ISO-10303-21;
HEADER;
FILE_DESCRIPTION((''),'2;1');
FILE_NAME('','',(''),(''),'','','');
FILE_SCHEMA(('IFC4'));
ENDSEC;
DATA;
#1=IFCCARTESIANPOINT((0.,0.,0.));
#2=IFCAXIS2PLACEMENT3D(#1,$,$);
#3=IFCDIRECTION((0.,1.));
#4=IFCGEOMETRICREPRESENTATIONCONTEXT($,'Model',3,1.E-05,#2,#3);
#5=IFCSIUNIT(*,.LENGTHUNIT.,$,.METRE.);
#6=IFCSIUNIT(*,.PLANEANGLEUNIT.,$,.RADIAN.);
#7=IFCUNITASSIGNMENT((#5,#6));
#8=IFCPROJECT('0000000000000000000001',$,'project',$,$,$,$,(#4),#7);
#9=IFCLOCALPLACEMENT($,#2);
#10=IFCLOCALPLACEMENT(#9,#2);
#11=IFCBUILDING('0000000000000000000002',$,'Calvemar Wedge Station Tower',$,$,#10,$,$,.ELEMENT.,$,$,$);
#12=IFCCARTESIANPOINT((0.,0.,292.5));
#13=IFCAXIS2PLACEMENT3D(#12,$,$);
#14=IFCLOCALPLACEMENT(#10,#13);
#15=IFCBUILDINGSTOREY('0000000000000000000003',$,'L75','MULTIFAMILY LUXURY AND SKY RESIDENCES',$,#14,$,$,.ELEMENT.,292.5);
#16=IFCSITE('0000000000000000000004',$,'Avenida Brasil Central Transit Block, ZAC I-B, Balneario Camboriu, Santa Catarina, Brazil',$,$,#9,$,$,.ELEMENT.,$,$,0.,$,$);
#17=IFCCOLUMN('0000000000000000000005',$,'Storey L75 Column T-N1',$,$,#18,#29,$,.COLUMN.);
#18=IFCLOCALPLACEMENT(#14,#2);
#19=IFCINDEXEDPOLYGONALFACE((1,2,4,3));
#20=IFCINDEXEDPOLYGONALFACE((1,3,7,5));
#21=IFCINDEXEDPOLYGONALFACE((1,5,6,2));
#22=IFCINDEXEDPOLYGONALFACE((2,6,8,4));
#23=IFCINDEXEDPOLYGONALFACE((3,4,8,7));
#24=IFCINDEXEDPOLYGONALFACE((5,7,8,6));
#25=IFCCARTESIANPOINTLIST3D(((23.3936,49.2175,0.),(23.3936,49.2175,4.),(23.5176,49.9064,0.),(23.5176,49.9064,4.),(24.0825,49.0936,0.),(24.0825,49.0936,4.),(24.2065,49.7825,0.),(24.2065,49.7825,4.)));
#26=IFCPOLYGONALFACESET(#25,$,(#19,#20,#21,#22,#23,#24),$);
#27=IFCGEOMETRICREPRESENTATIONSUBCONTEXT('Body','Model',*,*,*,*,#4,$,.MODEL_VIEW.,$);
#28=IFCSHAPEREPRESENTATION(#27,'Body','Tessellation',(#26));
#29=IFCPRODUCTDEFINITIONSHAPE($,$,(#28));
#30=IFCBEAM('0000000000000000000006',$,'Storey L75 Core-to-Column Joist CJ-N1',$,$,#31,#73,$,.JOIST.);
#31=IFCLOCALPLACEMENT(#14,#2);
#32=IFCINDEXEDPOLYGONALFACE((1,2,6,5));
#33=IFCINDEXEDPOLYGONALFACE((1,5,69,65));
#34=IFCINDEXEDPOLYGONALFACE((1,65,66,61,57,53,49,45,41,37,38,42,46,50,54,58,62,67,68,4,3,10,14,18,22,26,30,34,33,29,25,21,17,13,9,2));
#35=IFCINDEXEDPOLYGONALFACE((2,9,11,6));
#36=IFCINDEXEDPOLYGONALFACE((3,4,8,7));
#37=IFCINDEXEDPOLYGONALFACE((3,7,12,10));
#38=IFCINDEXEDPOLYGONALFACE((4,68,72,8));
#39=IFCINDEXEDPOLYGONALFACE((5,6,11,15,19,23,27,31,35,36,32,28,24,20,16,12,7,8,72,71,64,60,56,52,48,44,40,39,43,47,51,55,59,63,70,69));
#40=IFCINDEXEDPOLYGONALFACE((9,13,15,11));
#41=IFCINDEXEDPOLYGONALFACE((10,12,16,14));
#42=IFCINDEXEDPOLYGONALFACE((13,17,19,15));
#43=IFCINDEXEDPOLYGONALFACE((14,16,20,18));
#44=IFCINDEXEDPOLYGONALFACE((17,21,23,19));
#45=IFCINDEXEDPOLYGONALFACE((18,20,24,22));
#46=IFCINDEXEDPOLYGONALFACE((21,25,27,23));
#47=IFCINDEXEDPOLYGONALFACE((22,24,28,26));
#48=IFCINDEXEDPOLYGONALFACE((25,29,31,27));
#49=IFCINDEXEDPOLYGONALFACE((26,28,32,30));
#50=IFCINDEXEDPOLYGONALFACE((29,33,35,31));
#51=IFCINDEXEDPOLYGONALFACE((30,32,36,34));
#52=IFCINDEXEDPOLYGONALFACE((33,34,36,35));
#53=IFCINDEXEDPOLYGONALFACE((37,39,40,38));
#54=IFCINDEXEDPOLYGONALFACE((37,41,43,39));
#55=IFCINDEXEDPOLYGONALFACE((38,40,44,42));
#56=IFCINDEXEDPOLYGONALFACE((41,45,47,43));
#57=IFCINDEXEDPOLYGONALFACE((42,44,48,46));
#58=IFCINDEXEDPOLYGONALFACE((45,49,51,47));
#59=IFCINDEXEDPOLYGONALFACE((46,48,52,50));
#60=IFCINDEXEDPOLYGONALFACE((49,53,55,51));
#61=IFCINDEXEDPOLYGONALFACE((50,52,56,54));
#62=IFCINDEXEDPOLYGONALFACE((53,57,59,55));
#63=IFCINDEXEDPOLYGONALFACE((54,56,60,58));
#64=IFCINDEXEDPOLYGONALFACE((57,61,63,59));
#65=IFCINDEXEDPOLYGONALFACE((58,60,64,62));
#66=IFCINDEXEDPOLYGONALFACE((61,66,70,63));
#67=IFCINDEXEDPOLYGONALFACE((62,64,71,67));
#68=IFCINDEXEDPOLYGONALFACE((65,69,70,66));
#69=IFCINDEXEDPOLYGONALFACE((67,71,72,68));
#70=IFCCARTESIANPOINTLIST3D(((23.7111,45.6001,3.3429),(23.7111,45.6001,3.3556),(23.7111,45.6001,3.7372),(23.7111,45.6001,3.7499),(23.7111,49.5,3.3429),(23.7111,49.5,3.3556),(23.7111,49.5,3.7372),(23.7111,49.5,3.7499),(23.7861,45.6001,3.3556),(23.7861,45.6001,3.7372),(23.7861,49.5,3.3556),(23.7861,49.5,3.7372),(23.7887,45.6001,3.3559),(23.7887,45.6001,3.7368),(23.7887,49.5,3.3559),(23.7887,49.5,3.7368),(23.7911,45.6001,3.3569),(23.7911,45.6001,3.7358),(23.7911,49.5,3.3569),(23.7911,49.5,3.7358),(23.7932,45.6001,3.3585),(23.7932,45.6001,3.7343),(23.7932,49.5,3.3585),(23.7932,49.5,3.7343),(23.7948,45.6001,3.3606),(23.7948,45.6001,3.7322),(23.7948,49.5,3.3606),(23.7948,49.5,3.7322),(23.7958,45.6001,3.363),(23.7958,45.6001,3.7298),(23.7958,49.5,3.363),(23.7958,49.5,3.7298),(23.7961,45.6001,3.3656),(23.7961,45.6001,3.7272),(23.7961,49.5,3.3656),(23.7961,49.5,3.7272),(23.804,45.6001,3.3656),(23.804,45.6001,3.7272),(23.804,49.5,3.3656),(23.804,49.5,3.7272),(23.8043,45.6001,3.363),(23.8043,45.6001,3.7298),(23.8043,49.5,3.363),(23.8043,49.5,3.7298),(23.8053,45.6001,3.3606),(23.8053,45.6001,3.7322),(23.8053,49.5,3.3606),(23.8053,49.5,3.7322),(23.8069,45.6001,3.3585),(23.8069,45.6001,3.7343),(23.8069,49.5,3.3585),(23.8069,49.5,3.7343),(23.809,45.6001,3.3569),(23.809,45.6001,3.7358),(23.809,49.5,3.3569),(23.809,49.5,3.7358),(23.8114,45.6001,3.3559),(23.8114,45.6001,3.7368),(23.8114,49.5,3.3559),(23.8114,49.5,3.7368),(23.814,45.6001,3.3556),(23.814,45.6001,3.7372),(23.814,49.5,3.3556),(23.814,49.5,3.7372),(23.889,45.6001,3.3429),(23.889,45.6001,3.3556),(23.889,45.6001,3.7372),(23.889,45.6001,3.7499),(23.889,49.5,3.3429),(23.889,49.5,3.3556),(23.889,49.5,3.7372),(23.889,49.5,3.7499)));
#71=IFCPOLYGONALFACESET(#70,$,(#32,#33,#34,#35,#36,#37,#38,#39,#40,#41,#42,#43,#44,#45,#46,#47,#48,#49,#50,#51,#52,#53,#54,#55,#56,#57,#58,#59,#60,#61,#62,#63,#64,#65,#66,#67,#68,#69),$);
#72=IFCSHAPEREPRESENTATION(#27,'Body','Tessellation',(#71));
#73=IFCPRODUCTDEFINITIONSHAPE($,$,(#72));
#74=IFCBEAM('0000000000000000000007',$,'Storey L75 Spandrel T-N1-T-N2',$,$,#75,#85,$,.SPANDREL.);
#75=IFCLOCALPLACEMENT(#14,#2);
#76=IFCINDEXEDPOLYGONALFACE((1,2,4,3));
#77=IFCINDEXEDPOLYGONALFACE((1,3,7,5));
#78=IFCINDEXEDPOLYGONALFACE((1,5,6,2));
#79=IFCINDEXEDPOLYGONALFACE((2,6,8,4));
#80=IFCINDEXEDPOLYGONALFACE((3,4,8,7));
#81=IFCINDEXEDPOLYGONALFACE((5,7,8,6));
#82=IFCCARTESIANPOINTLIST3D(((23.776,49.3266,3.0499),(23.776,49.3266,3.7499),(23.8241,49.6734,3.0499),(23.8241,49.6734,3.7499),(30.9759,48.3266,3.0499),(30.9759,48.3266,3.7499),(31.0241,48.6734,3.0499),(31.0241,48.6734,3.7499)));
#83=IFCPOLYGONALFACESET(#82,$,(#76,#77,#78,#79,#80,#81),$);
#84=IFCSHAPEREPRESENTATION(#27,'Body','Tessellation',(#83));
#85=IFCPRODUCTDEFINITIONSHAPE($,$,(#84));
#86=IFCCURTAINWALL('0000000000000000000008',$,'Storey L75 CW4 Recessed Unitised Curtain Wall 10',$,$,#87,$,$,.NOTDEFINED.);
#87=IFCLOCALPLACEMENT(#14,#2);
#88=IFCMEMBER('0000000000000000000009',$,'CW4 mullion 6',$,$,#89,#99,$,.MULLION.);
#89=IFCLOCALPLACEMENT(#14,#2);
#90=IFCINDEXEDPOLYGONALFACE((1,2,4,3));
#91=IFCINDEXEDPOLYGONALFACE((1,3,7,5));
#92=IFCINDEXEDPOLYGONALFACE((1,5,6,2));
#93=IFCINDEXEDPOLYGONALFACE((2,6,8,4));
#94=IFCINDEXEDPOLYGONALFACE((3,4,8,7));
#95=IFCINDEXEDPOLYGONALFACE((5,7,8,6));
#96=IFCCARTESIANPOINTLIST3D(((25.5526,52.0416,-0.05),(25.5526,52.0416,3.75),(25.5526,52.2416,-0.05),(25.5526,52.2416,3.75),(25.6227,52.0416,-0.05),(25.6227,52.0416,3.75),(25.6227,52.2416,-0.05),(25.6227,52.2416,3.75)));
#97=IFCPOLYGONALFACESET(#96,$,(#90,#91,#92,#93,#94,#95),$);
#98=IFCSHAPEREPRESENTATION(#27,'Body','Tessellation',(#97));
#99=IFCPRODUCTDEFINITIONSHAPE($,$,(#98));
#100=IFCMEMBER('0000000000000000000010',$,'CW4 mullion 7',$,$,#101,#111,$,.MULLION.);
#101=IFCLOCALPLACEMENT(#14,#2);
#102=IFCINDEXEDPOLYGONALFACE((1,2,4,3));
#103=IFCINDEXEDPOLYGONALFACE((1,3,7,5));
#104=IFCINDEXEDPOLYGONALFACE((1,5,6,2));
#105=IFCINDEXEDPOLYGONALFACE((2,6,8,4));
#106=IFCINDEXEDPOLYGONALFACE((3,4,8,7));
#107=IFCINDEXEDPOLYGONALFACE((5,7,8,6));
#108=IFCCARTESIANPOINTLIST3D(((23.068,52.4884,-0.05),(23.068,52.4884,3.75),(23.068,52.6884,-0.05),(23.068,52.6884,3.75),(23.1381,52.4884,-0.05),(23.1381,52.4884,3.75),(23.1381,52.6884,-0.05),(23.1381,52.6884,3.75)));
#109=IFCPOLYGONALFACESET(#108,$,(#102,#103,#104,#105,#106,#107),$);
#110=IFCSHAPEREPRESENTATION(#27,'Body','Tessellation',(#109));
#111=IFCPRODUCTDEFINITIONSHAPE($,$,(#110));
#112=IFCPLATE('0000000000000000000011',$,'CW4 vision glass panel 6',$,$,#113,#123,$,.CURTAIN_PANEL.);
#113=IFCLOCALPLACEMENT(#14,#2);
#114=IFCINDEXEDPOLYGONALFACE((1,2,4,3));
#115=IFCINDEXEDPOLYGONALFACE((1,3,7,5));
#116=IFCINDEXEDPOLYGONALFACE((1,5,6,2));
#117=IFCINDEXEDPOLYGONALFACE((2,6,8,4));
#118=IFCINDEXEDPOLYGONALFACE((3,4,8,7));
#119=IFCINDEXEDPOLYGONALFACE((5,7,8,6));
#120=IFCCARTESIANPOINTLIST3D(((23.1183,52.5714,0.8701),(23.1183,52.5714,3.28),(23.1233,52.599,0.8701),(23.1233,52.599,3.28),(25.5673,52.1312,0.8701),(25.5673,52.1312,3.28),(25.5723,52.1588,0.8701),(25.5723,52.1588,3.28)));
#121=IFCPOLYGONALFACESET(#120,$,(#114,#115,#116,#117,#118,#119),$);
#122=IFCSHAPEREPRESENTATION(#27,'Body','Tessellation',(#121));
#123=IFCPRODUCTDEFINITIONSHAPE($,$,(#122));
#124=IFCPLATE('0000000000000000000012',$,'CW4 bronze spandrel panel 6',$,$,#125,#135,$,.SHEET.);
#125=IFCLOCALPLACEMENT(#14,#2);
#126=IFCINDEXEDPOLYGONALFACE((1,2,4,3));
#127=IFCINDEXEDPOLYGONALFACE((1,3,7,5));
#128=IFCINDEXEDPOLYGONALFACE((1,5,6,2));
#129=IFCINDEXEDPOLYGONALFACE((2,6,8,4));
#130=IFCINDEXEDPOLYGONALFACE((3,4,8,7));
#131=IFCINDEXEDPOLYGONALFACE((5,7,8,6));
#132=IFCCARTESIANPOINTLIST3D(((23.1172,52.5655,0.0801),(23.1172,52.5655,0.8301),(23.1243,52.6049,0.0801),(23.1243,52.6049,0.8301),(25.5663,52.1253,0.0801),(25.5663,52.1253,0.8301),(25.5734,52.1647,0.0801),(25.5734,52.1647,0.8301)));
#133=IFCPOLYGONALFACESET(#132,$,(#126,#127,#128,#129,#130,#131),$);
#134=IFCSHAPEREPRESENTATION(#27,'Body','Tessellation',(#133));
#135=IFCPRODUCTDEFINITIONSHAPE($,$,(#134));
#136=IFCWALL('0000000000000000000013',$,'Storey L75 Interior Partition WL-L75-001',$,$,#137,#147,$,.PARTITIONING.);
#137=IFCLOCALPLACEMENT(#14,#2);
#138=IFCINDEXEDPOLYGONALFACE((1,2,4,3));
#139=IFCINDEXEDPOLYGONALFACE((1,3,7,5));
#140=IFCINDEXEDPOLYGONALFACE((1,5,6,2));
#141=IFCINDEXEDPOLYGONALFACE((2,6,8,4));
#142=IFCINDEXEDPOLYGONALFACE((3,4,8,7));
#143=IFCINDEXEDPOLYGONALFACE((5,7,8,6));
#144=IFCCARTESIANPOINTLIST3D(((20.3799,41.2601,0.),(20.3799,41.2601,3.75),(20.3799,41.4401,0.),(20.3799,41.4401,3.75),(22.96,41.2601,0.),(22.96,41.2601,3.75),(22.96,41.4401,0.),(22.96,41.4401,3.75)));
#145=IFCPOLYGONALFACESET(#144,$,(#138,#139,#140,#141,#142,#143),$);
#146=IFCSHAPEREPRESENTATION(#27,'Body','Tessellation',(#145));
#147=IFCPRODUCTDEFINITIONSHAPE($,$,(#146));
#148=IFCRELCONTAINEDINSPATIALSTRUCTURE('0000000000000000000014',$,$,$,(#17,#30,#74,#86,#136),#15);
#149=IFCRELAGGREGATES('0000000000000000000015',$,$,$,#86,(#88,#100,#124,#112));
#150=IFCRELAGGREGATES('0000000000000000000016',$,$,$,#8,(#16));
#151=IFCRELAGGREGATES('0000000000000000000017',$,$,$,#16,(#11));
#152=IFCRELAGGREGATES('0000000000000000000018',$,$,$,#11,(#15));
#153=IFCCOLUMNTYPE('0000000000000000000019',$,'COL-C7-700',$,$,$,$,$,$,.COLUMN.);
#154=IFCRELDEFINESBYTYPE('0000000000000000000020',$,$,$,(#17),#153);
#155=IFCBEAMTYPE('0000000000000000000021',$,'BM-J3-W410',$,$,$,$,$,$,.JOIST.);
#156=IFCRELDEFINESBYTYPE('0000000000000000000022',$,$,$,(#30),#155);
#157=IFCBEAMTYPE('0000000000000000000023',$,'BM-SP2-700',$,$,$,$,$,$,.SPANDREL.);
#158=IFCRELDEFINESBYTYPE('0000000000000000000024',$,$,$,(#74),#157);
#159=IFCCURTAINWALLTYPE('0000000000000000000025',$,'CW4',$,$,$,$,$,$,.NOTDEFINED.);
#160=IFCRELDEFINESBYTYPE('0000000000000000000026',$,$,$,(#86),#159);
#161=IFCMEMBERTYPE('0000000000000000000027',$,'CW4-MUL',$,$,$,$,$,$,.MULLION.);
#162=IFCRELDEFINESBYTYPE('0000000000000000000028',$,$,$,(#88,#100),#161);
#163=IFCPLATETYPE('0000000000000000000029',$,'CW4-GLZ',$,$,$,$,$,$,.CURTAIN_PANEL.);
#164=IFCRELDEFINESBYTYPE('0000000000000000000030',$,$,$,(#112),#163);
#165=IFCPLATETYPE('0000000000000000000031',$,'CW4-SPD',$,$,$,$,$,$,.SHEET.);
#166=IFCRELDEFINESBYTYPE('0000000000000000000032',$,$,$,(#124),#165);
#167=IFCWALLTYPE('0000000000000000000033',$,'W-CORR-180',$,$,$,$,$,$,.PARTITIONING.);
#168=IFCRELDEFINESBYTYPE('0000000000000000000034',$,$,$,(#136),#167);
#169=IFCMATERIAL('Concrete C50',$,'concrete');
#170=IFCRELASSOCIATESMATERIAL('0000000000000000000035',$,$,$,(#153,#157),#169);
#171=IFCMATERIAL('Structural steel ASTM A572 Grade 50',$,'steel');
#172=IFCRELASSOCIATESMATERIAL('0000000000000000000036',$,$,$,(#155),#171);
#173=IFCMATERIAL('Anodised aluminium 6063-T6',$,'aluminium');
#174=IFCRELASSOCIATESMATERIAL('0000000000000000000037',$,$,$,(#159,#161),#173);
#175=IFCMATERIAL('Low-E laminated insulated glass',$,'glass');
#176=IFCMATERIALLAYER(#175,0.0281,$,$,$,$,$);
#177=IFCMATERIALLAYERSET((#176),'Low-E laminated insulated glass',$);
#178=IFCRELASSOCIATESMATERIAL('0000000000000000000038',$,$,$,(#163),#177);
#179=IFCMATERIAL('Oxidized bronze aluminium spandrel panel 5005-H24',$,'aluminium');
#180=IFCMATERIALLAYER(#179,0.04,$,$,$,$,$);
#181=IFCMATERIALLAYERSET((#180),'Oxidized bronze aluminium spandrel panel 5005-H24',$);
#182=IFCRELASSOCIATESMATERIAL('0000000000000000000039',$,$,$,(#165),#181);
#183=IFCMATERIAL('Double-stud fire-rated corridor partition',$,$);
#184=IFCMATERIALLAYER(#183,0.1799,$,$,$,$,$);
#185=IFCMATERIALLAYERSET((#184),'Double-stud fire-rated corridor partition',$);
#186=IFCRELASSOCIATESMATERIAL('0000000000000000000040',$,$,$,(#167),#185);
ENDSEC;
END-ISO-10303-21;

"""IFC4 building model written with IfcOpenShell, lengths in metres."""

from ifc_helpers import new_model, si_unit, direction, frame, frame_2d, origin, origin_2d, place, context, subcontext, project, spatial, rectangle, i_section, extrude, source, transform, mapped, material, layer, layer_set, material_profile, profile_set, type_object, element, aggregate, save


model = new_model("IFC4")

# Units and contexts
model_context = context("Model", 3, precision=1e-05, world=origin(), true_north=direction((0.0, 1.0)))
body_context = subcontext(model_context, "Body", "Model", "MODEL_VIEW")
ifc_project = project(units=[si_unit("LENGTHUNIT", "METRE"), si_unit("PLANEANGLEUNIT", "RADIAN")], contexts=[model_context])

# Site, building, storey
site_placement = place(None, origin())
site = spatial("IfcSite", under=ifc_project, at=site_placement, Name="Avenida Brasil Central Transit Block, ZAC I-B, Balneario Camboriu, Santa Catarina, Brazil", CompositionType="ELEMENT", RefElevation=0.0)
building_placement = place(site_placement, origin())
building = spatial("IfcBuilding", under=site, at=building_placement, Name="Calvemar Wedge Station Tower", CompositionType="ELEMENT")
storey_placement = place(building_placement, frame((0.0, 0.0, 292.5)))
storey = spatial("IfcBuildingStorey", under=building, at=storey_placement, Name="L75", Description="MULTIFAMILY LUXURY AND SKY RESIDENCES", CompositionType="ELEMENT", Elevation=292.5)

# Column
ifc_material_1 = material(Name="Concrete C50", Category="concrete")
ifc_material_profile_1 = material_profile(ifc_material_1, rectangle(XDim=0.7, YDim=0.7, at=origin_2d()), Name="RC700x700")
ifc_profile_set_1 = profile_set([ifc_material_profile_1], Name="Concrete C50")
column_type = type_object("IfcColumnType", Name="COL-C7-700", PredefinedType="COLUMN", material=ifc_profile_set_1)
shared_shape_1 = source(origin(), body_context, "Body", "SweptSolid", [
    extrude(rectangle(XDim=0.7, YDim=0.7, at=origin_2d()), origin(), (0.0, 0.0, 1.0), 4.0),
])
column_placement = place(storey_placement, frame((23.8, 49.5, 0.0), z_axis=(0.0, 0.0, 1.0), x_axis=(0.984196, -0.177085, 0.0)))
element("IfcColumn", 1, at=column_placement, inside=storey, type_object=column_type, Name="Storey L75 Column T-N1", PredefinedType="COLUMN", context=body_context, shape_type="MappedRepresentation", body=[
    mapped(shared_shape_1, transform((0.0, 0.0, 0.0), scale=1.0)),
])

# Beams
ifc_material_2 = material(Name="Structural steel ASTM A572 Grade 50", Category="steel")
ifc_material_profile_2 = material_profile(ifc_material_2, i_section(OverallWidth=0.178, OverallDepth=0.407, WebThickness=0.0078, FlangeThickness=0.0127, FilletRadius=0.01, at=origin_2d()), Name="W410x60")
ifc_profile_set_2 = profile_set([ifc_material_profile_2], Name="Structural steel ASTM A572 Grade 50")
beam_type_1 = type_object("IfcBeamType", Name="BM-J3-W410", PredefinedType="JOIST", material=ifc_profile_set_2)
shared_shape_2 = source(origin(), body_context, "Body", "SweptSolid", [
    extrude(i_section(OverallWidth=0.178, OverallDepth=0.407, WebThickness=0.0078, FlangeThickness=0.0127, FilletRadius=0.01, at=origin_2d()), origin(), (0.0, 0.0, 1.0), 3.8999),
])
beam_1_placement = place(storey_placement, frame((23.8, 45.6001, 3.5464), z_axis=(0.0, 1.0, 0.0), x_axis=(-1.0, 0.0, 0.0)))
element("IfcBeam", 2, at=beam_1_placement, inside=storey, type_object=beam_type_1, Name="Storey L75 Core-to-Column Joist CJ-N1", PredefinedType="JOIST", context=body_context, shape_type="MappedRepresentation", body=[
    mapped(shared_shape_2, transform((0.0, 0.0, 0.0), scale=1.0)),
])
ifc_material_profile_3 = material_profile(ifc_material_1, rectangle(XDim=0.3501, YDim=0.7, at=origin_2d()), Name="RC350x700")
ifc_profile_set_3 = profile_set([ifc_material_profile_3], Name="Concrete C50")
beam_type_2 = type_object("IfcBeamType", Name="BM-SP2-700", PredefinedType="SPANDREL", material=ifc_profile_set_3)
shared_shape_3 = source(origin(), body_context, "Body", "SweptSolid", [
    extrude(rectangle(XDim=0.3501, YDim=0.7, at=origin_2d()), origin(), (0.0, 0.0, 1.0), 7.269),
])
beam_2_placement = place(storey_placement, frame((23.8, 49.5, 3.3999), z_axis=(0.990492, -0.137569, 0.0), x_axis=(0.137569, 0.990492, 0.0)))
element("IfcBeam", 3, at=beam_2_placement, inside=storey, type_object=beam_type_2, Name="Storey L75 Spandrel T-N1-T-N2", PredefinedType="SPANDREL", context=body_context, shape_type="MappedRepresentation", body=[
    mapped(shared_shape_3, transform((0.0, 0.0, 0.0), scale=1.0)),
])

# Curtain wall, members, plates
ifc_material_3 = material(Name="Anodised aluminium 6063-T6", Category="aluminium")
curtain_wall_type = type_object("IfcCurtainWallType", Name="CW4", PredefinedType="NOTDEFINED", material=ifc_material_3)
curtain_wall_placement = place(storey_placement, origin())
curtain_wall = element("IfcCurtainWall", 4, at=curtain_wall_placement, inside=storey, type_object=curtain_wall_type, Name="Storey L75 CW4 Recessed Unitised Curtain Wall 10", PredefinedType="NOTDEFINED")
ifc_material_profile_4 = material_profile(ifc_material_3, rectangle(XDim=0.0701, YDim=0.2, at=origin_2d()), Name="AL-MUL-70x200")
ifc_profile_set_4 = profile_set([ifc_material_profile_4], Name="Anodised aluminium 6063-T6")
member_type = type_object("IfcMemberType", Name="CW4-MUL", PredefinedType="MULLION", material=ifc_profile_set_4)
shared_shape_4 = source(origin(), body_context, "Body", "SweptSolid", [
    extrude(rectangle(XDim=0.0701, YDim=0.2, at=origin_2d()), origin(), (0.0, 0.0, 1.0), 3.8),
])
member_1_placement = place(storey_placement, frame((25.5876, 52.1416, -0.05), z_axis=(0.0, 0.0, 1.0), x_axis=(1.0, 0.0, 0.0)))
member_1 = element("IfcMember", 5, at=member_1_placement, type_object=member_type, Name="CW4 mullion 6", PredefinedType="MULLION", context=body_context, shape_type="MappedRepresentation", body=[
    mapped(shared_shape_4, transform((0.0, 0.0, 0.0), scale=1.0)),
])
member_2_placement = place(storey_placement, frame((23.103, 52.5884, -0.05), z_axis=(0.0, 0.0, 1.0), x_axis=(1.0, 0.0, 0.0)))
member_2 = element("IfcMember", 6, at=member_2_placement, type_object=member_type, Name="CW4 mullion 7", PredefinedType="MULLION", context=body_context, shape_type="MappedRepresentation", body=[
    mapped(shared_shape_4, transform((0.0, 0.0, 0.0), scale=1.0)),
])
ifc_material_4 = material(Name="Low-E laminated insulated glass", Category="glass")
ifc_layer_1 = layer(ifc_material_4, 0.0281)
ifc_layer_set_1 = layer_set([ifc_layer_1], Name="Low-E laminated insulated glass")
plate_type_1 = type_object("IfcPlateType", Name="CW4-GLZ", PredefinedType="CURTAIN_PANEL", material=ifc_layer_set_1)
plate_1_placement = place(storey_placement, frame((25.5698, 52.145, 0.8701), z_axis=(0.0, 0.0, 1.0), x_axis=(-0.984227, 0.176908, 0.0)))
plate_1 = element("IfcPlate", 7, at=plate_1_placement, type_object=plate_type_1, Name="CW4 vision glass panel 6", PredefinedType="CURTAIN_PANEL", context=body_context, shape_type="SweptSolid", body=[
    extrude(rectangle(XDim=2.4883, YDim=0.0281, at=frame_2d((1.2441, 0.0))), origin(), (0.0, 0.0, 1.0), 2.4099),
])
ifc_material_5 = material(Name="Oxidized bronze aluminium spandrel panel 5005-H24", Category="aluminium")
ifc_layer_2 = layer(ifc_material_5, 0.04)
ifc_layer_set_2 = layer_set([ifc_layer_2], Name="Oxidized bronze aluminium spandrel panel 5005-H24")
plate_type_2 = type_object("IfcPlateType", Name="CW4-SPD", PredefinedType="SHEET", material=ifc_layer_set_2)
plate_2_placement = place(storey_placement, frame((25.5698, 52.145, 0.0801), z_axis=(0.0, 0.0, 1.0), x_axis=(-0.984227, 0.176908, 0.0)))
plate_2 = element("IfcPlate", 8, at=plate_2_placement, type_object=plate_type_2, Name="CW4 bronze spandrel panel 6", PredefinedType="SHEET", context=body_context, shape_type="SweptSolid", body=[
    extrude(rectangle(XDim=2.4883, YDim=0.04, at=frame_2d((1.2441, 0.0))), origin(), (0.0, 0.0, 1.0), 0.75),
])
aggregate(curtain_wall, [member_1, member_2, plate_2, plate_1])

# Wall
ifc_material_6 = material(Name="Double-stud fire-rated corridor partition")
ifc_layer_3 = layer(ifc_material_6, 0.1799)
ifc_layer_set_3 = layer_set([ifc_layer_3], Name="Double-stud fire-rated corridor partition")
wall_type_1 = type_object("IfcWallType", Name="W-CORR-180", PredefinedType="PARTITIONING", material=ifc_layer_set_3)
wall_1_placement = place(storey_placement, frame((22.96, 41.3501, 0.0), z_axis=(0.0, 0.0, 1.0), x_axis=(-1.0, 0.0, 0.0)))
element("IfcWall", 9, at=wall_1_placement, inside=storey, type_object=wall_type_1, Name="Storey L75 Interior Partition WL-L75-001", PredefinedType="PARTITIONING", context=body_context, shape_type="SweptSolid", body=[
    extrude(rectangle(XDim=2.5801, YDim=0.1799, at=frame_2d((1.29, 0.0))), origin(), (0.0, 0.0, 1.0), 3.75),
])

save(model, "model.ifc")
